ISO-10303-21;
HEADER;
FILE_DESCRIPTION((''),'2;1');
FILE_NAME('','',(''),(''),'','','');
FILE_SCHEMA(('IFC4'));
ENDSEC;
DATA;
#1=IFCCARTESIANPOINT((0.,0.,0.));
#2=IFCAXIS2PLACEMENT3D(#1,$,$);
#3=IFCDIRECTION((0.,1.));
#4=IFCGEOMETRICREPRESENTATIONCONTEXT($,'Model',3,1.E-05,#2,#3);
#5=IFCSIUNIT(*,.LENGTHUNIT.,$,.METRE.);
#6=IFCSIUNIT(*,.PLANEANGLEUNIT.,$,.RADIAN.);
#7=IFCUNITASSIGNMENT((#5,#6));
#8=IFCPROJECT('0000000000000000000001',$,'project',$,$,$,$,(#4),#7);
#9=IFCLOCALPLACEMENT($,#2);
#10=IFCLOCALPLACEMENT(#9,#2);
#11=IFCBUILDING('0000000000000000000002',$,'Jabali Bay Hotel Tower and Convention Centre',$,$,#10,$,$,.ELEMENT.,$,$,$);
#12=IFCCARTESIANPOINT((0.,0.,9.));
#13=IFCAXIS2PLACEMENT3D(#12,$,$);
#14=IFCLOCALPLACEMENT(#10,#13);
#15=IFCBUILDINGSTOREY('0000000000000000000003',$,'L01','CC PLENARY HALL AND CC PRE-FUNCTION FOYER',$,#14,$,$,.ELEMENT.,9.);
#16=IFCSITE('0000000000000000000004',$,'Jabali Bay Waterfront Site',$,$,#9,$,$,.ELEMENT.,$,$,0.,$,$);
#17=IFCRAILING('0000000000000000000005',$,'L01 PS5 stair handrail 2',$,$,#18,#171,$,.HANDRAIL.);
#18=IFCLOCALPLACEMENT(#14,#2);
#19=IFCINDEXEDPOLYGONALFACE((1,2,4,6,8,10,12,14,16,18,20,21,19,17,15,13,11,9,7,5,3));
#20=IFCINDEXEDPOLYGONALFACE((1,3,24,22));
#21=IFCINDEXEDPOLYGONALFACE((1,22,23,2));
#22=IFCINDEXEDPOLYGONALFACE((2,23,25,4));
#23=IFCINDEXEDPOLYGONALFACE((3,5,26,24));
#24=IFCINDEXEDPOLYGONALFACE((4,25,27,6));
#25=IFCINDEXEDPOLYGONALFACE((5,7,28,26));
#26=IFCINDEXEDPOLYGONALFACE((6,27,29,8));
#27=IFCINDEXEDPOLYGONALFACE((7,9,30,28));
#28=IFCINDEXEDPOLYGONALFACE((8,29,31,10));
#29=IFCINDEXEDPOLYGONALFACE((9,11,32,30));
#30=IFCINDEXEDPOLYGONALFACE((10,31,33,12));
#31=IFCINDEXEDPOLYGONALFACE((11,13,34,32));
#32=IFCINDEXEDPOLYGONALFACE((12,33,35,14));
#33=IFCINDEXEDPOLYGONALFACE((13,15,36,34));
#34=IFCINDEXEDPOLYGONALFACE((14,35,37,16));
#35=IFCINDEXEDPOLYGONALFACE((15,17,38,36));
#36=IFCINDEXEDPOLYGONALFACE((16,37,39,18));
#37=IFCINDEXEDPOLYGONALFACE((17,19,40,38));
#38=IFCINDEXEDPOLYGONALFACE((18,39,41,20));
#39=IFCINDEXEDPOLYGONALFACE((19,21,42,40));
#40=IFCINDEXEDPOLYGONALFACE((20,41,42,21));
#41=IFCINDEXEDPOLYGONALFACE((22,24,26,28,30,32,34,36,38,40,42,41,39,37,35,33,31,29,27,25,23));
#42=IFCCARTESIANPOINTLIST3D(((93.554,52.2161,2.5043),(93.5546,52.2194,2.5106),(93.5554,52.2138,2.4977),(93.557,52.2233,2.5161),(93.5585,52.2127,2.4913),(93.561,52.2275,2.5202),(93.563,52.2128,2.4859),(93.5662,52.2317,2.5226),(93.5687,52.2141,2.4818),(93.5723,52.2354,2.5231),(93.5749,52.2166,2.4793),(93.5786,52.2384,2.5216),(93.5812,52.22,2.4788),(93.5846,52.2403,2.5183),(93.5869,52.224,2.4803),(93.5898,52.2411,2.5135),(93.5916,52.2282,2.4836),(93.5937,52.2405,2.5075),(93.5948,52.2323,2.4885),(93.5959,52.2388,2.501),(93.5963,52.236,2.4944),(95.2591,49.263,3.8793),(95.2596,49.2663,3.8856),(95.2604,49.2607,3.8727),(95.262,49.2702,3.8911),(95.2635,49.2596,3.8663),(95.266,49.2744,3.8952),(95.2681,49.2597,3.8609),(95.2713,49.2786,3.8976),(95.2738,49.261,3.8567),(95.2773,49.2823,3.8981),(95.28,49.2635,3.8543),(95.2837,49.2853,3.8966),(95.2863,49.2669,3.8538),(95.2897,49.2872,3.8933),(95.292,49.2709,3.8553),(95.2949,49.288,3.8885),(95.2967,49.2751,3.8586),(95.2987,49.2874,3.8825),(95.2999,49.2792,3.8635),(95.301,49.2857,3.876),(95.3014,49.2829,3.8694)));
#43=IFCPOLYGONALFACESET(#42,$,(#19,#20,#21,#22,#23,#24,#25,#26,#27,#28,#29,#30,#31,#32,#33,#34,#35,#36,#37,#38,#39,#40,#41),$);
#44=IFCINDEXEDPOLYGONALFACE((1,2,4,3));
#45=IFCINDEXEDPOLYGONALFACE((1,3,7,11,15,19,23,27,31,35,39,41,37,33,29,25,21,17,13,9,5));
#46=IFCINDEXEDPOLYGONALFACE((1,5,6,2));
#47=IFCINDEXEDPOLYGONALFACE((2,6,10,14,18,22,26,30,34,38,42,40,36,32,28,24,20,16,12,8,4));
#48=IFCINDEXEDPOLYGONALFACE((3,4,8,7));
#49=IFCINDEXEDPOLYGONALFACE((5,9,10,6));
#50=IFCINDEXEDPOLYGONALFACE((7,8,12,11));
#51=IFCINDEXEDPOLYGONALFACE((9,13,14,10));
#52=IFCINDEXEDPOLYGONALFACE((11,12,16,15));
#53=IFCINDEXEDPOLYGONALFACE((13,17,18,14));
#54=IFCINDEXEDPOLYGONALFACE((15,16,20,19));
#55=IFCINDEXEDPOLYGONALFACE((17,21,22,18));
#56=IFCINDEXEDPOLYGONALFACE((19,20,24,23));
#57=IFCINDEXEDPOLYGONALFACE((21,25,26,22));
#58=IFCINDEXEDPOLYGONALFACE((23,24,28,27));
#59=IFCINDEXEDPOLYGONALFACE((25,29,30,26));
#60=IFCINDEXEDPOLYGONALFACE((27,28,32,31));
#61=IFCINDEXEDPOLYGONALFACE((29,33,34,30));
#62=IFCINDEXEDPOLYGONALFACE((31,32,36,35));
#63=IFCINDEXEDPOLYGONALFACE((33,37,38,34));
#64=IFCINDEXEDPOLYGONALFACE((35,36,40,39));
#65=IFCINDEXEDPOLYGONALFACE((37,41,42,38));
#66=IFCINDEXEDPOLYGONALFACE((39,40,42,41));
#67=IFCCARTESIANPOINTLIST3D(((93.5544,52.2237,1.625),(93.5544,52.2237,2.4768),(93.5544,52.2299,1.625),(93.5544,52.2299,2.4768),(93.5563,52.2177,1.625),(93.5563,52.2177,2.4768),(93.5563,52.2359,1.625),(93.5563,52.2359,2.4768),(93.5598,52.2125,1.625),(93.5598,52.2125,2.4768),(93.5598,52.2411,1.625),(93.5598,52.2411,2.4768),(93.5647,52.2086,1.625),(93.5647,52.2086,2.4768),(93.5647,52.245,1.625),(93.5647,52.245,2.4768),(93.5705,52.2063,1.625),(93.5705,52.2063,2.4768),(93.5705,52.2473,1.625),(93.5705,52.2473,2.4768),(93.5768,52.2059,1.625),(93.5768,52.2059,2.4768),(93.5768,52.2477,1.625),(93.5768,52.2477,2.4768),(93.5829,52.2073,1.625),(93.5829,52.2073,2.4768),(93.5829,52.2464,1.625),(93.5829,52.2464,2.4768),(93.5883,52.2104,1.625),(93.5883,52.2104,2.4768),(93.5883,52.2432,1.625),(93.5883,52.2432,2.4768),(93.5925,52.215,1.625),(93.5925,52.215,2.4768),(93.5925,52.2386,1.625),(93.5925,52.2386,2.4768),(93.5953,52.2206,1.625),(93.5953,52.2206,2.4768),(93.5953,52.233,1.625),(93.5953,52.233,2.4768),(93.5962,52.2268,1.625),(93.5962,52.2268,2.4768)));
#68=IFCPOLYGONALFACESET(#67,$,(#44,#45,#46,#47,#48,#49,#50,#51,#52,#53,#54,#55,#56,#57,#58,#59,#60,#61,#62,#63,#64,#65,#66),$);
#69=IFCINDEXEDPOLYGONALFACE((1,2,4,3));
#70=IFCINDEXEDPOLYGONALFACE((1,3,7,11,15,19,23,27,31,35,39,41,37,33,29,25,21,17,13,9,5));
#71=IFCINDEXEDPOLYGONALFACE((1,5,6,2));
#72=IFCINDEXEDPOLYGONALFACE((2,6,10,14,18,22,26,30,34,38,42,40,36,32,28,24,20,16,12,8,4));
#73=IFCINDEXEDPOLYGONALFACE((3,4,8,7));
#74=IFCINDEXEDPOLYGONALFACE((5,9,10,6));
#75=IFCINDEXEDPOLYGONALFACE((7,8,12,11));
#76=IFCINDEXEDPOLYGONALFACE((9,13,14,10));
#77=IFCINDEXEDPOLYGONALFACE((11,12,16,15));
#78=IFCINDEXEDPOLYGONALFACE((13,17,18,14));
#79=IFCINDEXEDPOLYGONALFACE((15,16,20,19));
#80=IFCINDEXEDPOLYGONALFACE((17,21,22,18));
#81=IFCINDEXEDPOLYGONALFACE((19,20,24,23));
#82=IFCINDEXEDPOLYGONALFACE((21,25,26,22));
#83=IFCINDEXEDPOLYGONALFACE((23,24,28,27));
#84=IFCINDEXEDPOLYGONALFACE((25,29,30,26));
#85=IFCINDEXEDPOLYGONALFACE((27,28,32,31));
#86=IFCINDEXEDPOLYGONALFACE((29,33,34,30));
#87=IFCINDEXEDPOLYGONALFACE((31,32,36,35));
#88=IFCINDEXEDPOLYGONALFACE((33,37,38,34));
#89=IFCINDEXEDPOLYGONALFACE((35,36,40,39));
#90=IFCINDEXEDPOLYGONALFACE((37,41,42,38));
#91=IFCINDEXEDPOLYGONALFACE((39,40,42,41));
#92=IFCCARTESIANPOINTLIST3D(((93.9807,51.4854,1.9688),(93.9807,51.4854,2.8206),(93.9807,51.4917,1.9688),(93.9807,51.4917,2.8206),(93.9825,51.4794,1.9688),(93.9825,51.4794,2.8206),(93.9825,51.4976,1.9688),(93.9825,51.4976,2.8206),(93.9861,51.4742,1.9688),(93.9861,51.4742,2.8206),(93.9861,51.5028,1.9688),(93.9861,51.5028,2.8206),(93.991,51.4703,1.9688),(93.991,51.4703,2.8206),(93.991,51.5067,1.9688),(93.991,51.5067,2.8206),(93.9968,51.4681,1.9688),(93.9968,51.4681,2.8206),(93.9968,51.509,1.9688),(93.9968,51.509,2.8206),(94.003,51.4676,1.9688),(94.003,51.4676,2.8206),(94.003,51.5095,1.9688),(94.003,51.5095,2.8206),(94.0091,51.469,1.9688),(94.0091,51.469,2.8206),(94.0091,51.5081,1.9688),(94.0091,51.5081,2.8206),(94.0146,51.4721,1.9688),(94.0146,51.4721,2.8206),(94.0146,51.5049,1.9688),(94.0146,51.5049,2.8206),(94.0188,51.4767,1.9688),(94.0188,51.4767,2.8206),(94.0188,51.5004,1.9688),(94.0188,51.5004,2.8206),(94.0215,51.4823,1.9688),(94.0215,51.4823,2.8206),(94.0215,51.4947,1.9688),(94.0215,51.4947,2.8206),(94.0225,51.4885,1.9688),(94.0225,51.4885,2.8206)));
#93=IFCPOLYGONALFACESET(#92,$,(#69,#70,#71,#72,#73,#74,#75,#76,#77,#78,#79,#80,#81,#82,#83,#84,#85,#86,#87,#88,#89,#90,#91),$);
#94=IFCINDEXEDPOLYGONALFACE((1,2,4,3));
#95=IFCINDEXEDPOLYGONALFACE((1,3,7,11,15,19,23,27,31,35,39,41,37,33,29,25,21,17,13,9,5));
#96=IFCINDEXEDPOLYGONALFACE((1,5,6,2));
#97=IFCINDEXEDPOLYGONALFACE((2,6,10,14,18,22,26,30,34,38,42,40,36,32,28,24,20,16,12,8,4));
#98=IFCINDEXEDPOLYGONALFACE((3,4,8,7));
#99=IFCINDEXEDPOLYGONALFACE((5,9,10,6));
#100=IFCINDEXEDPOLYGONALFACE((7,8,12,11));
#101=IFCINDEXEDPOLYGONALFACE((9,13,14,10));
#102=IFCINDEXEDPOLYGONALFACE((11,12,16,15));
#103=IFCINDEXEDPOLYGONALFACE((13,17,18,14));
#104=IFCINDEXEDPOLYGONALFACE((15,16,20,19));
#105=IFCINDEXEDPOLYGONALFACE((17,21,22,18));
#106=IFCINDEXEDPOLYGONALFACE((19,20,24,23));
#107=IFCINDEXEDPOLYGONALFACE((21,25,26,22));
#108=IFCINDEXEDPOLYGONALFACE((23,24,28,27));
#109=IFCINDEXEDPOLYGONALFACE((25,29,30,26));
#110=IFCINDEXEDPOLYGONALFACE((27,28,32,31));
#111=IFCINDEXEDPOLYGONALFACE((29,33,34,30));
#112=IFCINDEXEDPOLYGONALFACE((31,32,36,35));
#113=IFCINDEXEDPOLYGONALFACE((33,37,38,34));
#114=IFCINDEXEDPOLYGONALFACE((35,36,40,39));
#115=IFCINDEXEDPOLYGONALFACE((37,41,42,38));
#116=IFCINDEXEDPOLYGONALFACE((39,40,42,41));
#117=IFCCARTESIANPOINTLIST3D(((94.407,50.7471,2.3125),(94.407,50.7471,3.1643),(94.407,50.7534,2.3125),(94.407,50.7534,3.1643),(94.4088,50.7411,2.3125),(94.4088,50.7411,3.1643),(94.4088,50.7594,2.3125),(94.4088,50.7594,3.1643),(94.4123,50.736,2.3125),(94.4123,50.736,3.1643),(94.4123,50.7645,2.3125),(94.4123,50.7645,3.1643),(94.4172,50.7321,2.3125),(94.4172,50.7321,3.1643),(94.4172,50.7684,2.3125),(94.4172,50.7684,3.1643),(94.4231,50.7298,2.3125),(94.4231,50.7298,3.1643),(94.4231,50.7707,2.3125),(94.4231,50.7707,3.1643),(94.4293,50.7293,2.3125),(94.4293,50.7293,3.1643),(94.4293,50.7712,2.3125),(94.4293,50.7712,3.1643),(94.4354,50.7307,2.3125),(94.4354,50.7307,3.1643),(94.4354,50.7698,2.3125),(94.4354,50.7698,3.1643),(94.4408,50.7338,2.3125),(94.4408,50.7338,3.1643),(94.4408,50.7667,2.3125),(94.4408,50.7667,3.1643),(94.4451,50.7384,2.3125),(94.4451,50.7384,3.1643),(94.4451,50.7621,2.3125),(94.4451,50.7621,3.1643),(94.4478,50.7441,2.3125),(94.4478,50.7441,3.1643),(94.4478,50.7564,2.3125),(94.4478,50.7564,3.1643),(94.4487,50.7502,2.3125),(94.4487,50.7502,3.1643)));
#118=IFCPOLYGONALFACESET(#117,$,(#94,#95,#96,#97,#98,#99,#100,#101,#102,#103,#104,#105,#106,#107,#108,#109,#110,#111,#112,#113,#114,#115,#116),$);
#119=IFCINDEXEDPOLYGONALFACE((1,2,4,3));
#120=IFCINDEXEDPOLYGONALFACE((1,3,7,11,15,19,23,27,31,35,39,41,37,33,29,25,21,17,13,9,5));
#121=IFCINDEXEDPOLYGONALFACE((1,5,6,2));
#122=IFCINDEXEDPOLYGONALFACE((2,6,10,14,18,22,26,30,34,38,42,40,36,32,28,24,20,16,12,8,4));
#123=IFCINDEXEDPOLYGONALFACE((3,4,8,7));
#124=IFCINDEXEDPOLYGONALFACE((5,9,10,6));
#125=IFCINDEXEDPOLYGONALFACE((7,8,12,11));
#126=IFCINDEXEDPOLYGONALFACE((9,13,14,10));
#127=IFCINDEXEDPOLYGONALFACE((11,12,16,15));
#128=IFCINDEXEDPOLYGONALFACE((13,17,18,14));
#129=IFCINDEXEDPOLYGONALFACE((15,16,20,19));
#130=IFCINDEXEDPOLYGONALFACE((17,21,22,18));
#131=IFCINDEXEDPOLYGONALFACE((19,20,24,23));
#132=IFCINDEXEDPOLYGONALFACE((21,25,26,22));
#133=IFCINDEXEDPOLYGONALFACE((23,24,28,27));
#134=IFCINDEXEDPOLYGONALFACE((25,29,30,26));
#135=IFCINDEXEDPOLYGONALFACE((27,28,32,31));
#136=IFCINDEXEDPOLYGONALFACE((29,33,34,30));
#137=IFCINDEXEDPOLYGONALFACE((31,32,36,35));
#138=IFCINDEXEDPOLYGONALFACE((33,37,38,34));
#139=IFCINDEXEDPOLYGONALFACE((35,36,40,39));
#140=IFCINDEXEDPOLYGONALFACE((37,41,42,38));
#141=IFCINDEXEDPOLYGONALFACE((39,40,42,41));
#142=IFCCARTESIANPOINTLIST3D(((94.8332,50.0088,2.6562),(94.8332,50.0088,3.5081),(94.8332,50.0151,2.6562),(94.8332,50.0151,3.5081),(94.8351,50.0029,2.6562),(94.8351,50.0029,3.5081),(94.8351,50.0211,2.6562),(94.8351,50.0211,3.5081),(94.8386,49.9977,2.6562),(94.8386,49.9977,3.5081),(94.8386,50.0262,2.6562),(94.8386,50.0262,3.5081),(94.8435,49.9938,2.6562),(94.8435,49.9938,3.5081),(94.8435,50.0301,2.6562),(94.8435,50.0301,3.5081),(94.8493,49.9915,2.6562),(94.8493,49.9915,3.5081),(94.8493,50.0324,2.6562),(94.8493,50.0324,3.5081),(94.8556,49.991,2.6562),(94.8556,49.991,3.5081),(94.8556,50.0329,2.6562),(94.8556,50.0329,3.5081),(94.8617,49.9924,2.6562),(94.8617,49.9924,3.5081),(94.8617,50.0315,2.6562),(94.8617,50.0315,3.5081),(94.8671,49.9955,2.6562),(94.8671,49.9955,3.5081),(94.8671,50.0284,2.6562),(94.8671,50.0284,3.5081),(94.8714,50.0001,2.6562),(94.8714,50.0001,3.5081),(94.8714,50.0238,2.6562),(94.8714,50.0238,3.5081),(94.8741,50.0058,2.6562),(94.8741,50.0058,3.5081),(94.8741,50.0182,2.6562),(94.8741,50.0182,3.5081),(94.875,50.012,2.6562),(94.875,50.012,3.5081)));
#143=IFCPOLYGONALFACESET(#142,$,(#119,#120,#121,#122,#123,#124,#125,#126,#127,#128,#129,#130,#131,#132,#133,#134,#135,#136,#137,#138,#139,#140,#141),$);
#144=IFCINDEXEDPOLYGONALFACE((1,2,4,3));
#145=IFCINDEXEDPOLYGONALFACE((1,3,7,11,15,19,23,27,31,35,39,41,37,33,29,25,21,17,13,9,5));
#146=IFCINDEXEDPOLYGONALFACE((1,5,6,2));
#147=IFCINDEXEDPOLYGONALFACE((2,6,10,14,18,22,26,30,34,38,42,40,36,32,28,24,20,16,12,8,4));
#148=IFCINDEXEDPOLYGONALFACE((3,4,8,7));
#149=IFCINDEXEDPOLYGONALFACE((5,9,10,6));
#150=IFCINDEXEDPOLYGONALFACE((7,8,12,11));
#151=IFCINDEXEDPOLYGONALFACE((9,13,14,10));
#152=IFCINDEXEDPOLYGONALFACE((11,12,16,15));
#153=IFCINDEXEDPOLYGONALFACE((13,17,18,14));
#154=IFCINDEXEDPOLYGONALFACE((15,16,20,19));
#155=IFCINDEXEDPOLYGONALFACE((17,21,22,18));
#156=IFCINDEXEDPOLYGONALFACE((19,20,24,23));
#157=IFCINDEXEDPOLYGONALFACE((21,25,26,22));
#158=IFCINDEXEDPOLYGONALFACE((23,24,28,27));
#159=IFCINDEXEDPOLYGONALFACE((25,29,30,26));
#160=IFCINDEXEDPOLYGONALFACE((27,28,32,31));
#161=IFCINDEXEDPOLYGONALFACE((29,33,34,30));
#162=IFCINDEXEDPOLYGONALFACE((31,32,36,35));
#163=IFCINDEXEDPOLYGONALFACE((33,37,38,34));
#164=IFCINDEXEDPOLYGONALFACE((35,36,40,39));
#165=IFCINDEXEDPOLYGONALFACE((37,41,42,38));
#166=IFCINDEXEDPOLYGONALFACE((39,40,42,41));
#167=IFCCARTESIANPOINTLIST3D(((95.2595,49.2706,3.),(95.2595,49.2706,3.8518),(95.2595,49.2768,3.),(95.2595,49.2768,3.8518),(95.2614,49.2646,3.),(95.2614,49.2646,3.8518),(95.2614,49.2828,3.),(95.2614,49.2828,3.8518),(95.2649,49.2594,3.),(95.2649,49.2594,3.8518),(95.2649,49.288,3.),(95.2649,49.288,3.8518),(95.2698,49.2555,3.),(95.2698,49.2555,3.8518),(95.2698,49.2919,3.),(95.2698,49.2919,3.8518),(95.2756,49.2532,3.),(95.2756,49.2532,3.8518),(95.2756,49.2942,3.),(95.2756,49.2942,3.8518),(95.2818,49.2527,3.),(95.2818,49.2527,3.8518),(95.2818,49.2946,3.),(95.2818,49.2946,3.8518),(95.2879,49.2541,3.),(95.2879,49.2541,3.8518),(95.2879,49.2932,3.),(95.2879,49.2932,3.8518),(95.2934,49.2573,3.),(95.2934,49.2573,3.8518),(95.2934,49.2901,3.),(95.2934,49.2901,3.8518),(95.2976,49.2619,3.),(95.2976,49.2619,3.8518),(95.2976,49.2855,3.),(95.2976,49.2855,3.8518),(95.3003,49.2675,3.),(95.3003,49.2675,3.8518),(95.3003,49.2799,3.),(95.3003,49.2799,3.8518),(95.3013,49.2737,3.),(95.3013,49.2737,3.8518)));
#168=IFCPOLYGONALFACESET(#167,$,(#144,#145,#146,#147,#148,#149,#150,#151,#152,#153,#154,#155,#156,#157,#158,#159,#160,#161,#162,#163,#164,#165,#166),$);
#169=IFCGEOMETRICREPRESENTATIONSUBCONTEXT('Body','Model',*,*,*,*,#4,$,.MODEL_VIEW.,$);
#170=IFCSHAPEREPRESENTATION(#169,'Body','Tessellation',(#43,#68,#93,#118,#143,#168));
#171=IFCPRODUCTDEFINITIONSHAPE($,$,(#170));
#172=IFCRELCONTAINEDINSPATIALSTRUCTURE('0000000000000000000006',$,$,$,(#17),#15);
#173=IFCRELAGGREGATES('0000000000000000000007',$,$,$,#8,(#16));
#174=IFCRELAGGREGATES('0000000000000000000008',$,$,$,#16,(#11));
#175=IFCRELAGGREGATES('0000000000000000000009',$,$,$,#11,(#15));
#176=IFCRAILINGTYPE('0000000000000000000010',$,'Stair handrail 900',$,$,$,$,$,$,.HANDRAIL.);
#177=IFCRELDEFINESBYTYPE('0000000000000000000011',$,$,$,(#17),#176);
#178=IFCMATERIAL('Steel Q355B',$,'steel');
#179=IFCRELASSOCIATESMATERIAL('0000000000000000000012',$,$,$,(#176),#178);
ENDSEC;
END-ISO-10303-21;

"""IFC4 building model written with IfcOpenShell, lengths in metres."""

from ifc_helpers import new_model, si_unit, direction, frame, origin, origin_2d, place, context, subcontext, project, spatial, circle, extrude, material, type_object, element, save


model = new_model("IFC4")

# Units and contexts
model_context = context("Model", 3, precision=1e-05, world=origin(), true_north=direction((0.0, 1.0)))
body_context = subcontext(model_context, "Body", "Model", "MODEL_VIEW")
ifc_project = project(units=[si_unit("LENGTHUNIT", "METRE"), si_unit("PLANEANGLEUNIT", "RADIAN")], contexts=[model_context])

# Site, building, storey
site_placement = place(None, origin())
site = spatial("IfcSite", under=ifc_project, at=site_placement, Name="Jabali Bay Waterfront Site", CompositionType="ELEMENT", RefElevation=0.0)
building_placement = place(site_placement, origin())
building = spatial("IfcBuilding", under=site, at=building_placement, Name="Jabali Bay Hotel Tower and Convention Centre", CompositionType="ELEMENT")
storey_placement = place(building_placement, frame((0.0, 0.0, 9.0)))
storey = spatial("IfcBuildingStorey", under=building, at=storey_placement, Name="L01", Description="CC PLENARY HALL AND CC PRE-FUNCTION FOYER", CompositionType="ELEMENT", Elevation=9.0)

# Railing
ifc_material_1 = material(Name="Steel Q355B", Category="steel")
railing_type_1 = type_object("IfcRailingType", Name="Stair handrail 900", PredefinedType="HANDRAIL", material=ifc_material_1)
railing_1_placement = place(storey_placement, frame((93.5752, 52.2268, 1.625)))
element("IfcRailing", 1, at=railing_1_placement, inside=storey, type_object=railing_type_1, Name="L01 PS5 stair handrail 2", PredefinedType="HANDRAIL", context=body_context, shape_type="SweptSolid", body=[
    extrude(circle(Radius=0.0239, at=origin_2d()), frame((0.0, 0.0, 0.876), z_axis=(0.46374, -0.803178, 0.373966), x_axis=(0.866014, 0.50002, 0.0)), (0.0, 0.0, 1.0), 3.6768),
    extrude(circle(Radius=0.021, at=origin_2d()), origin(), (0.0, 0.0, 1.0), 0.8518),
    extrude(circle(Radius=0.021, at=origin_2d()), frame((0.4263, -0.7383, 0.3438)), (0.0, 0.0, 1.0), 0.8518),
    extrude(circle(Radius=0.021, at=origin_2d()), frame((0.8525, -1.4766, 0.6875)), (0.0, 0.0, 1.0), 0.8518),
    extrude(circle(Radius=0.021, at=origin_2d()), frame((1.2788, -2.2148, 1.0312)), (0.0, 0.0, 1.0), 0.8518),
    extrude(circle(Radius=0.021, at=origin_2d()), frame((1.7051, -2.9531, 1.375)), (0.0, 0.0, 1.0), 0.8518),
])

save(model, "model.ifc")
